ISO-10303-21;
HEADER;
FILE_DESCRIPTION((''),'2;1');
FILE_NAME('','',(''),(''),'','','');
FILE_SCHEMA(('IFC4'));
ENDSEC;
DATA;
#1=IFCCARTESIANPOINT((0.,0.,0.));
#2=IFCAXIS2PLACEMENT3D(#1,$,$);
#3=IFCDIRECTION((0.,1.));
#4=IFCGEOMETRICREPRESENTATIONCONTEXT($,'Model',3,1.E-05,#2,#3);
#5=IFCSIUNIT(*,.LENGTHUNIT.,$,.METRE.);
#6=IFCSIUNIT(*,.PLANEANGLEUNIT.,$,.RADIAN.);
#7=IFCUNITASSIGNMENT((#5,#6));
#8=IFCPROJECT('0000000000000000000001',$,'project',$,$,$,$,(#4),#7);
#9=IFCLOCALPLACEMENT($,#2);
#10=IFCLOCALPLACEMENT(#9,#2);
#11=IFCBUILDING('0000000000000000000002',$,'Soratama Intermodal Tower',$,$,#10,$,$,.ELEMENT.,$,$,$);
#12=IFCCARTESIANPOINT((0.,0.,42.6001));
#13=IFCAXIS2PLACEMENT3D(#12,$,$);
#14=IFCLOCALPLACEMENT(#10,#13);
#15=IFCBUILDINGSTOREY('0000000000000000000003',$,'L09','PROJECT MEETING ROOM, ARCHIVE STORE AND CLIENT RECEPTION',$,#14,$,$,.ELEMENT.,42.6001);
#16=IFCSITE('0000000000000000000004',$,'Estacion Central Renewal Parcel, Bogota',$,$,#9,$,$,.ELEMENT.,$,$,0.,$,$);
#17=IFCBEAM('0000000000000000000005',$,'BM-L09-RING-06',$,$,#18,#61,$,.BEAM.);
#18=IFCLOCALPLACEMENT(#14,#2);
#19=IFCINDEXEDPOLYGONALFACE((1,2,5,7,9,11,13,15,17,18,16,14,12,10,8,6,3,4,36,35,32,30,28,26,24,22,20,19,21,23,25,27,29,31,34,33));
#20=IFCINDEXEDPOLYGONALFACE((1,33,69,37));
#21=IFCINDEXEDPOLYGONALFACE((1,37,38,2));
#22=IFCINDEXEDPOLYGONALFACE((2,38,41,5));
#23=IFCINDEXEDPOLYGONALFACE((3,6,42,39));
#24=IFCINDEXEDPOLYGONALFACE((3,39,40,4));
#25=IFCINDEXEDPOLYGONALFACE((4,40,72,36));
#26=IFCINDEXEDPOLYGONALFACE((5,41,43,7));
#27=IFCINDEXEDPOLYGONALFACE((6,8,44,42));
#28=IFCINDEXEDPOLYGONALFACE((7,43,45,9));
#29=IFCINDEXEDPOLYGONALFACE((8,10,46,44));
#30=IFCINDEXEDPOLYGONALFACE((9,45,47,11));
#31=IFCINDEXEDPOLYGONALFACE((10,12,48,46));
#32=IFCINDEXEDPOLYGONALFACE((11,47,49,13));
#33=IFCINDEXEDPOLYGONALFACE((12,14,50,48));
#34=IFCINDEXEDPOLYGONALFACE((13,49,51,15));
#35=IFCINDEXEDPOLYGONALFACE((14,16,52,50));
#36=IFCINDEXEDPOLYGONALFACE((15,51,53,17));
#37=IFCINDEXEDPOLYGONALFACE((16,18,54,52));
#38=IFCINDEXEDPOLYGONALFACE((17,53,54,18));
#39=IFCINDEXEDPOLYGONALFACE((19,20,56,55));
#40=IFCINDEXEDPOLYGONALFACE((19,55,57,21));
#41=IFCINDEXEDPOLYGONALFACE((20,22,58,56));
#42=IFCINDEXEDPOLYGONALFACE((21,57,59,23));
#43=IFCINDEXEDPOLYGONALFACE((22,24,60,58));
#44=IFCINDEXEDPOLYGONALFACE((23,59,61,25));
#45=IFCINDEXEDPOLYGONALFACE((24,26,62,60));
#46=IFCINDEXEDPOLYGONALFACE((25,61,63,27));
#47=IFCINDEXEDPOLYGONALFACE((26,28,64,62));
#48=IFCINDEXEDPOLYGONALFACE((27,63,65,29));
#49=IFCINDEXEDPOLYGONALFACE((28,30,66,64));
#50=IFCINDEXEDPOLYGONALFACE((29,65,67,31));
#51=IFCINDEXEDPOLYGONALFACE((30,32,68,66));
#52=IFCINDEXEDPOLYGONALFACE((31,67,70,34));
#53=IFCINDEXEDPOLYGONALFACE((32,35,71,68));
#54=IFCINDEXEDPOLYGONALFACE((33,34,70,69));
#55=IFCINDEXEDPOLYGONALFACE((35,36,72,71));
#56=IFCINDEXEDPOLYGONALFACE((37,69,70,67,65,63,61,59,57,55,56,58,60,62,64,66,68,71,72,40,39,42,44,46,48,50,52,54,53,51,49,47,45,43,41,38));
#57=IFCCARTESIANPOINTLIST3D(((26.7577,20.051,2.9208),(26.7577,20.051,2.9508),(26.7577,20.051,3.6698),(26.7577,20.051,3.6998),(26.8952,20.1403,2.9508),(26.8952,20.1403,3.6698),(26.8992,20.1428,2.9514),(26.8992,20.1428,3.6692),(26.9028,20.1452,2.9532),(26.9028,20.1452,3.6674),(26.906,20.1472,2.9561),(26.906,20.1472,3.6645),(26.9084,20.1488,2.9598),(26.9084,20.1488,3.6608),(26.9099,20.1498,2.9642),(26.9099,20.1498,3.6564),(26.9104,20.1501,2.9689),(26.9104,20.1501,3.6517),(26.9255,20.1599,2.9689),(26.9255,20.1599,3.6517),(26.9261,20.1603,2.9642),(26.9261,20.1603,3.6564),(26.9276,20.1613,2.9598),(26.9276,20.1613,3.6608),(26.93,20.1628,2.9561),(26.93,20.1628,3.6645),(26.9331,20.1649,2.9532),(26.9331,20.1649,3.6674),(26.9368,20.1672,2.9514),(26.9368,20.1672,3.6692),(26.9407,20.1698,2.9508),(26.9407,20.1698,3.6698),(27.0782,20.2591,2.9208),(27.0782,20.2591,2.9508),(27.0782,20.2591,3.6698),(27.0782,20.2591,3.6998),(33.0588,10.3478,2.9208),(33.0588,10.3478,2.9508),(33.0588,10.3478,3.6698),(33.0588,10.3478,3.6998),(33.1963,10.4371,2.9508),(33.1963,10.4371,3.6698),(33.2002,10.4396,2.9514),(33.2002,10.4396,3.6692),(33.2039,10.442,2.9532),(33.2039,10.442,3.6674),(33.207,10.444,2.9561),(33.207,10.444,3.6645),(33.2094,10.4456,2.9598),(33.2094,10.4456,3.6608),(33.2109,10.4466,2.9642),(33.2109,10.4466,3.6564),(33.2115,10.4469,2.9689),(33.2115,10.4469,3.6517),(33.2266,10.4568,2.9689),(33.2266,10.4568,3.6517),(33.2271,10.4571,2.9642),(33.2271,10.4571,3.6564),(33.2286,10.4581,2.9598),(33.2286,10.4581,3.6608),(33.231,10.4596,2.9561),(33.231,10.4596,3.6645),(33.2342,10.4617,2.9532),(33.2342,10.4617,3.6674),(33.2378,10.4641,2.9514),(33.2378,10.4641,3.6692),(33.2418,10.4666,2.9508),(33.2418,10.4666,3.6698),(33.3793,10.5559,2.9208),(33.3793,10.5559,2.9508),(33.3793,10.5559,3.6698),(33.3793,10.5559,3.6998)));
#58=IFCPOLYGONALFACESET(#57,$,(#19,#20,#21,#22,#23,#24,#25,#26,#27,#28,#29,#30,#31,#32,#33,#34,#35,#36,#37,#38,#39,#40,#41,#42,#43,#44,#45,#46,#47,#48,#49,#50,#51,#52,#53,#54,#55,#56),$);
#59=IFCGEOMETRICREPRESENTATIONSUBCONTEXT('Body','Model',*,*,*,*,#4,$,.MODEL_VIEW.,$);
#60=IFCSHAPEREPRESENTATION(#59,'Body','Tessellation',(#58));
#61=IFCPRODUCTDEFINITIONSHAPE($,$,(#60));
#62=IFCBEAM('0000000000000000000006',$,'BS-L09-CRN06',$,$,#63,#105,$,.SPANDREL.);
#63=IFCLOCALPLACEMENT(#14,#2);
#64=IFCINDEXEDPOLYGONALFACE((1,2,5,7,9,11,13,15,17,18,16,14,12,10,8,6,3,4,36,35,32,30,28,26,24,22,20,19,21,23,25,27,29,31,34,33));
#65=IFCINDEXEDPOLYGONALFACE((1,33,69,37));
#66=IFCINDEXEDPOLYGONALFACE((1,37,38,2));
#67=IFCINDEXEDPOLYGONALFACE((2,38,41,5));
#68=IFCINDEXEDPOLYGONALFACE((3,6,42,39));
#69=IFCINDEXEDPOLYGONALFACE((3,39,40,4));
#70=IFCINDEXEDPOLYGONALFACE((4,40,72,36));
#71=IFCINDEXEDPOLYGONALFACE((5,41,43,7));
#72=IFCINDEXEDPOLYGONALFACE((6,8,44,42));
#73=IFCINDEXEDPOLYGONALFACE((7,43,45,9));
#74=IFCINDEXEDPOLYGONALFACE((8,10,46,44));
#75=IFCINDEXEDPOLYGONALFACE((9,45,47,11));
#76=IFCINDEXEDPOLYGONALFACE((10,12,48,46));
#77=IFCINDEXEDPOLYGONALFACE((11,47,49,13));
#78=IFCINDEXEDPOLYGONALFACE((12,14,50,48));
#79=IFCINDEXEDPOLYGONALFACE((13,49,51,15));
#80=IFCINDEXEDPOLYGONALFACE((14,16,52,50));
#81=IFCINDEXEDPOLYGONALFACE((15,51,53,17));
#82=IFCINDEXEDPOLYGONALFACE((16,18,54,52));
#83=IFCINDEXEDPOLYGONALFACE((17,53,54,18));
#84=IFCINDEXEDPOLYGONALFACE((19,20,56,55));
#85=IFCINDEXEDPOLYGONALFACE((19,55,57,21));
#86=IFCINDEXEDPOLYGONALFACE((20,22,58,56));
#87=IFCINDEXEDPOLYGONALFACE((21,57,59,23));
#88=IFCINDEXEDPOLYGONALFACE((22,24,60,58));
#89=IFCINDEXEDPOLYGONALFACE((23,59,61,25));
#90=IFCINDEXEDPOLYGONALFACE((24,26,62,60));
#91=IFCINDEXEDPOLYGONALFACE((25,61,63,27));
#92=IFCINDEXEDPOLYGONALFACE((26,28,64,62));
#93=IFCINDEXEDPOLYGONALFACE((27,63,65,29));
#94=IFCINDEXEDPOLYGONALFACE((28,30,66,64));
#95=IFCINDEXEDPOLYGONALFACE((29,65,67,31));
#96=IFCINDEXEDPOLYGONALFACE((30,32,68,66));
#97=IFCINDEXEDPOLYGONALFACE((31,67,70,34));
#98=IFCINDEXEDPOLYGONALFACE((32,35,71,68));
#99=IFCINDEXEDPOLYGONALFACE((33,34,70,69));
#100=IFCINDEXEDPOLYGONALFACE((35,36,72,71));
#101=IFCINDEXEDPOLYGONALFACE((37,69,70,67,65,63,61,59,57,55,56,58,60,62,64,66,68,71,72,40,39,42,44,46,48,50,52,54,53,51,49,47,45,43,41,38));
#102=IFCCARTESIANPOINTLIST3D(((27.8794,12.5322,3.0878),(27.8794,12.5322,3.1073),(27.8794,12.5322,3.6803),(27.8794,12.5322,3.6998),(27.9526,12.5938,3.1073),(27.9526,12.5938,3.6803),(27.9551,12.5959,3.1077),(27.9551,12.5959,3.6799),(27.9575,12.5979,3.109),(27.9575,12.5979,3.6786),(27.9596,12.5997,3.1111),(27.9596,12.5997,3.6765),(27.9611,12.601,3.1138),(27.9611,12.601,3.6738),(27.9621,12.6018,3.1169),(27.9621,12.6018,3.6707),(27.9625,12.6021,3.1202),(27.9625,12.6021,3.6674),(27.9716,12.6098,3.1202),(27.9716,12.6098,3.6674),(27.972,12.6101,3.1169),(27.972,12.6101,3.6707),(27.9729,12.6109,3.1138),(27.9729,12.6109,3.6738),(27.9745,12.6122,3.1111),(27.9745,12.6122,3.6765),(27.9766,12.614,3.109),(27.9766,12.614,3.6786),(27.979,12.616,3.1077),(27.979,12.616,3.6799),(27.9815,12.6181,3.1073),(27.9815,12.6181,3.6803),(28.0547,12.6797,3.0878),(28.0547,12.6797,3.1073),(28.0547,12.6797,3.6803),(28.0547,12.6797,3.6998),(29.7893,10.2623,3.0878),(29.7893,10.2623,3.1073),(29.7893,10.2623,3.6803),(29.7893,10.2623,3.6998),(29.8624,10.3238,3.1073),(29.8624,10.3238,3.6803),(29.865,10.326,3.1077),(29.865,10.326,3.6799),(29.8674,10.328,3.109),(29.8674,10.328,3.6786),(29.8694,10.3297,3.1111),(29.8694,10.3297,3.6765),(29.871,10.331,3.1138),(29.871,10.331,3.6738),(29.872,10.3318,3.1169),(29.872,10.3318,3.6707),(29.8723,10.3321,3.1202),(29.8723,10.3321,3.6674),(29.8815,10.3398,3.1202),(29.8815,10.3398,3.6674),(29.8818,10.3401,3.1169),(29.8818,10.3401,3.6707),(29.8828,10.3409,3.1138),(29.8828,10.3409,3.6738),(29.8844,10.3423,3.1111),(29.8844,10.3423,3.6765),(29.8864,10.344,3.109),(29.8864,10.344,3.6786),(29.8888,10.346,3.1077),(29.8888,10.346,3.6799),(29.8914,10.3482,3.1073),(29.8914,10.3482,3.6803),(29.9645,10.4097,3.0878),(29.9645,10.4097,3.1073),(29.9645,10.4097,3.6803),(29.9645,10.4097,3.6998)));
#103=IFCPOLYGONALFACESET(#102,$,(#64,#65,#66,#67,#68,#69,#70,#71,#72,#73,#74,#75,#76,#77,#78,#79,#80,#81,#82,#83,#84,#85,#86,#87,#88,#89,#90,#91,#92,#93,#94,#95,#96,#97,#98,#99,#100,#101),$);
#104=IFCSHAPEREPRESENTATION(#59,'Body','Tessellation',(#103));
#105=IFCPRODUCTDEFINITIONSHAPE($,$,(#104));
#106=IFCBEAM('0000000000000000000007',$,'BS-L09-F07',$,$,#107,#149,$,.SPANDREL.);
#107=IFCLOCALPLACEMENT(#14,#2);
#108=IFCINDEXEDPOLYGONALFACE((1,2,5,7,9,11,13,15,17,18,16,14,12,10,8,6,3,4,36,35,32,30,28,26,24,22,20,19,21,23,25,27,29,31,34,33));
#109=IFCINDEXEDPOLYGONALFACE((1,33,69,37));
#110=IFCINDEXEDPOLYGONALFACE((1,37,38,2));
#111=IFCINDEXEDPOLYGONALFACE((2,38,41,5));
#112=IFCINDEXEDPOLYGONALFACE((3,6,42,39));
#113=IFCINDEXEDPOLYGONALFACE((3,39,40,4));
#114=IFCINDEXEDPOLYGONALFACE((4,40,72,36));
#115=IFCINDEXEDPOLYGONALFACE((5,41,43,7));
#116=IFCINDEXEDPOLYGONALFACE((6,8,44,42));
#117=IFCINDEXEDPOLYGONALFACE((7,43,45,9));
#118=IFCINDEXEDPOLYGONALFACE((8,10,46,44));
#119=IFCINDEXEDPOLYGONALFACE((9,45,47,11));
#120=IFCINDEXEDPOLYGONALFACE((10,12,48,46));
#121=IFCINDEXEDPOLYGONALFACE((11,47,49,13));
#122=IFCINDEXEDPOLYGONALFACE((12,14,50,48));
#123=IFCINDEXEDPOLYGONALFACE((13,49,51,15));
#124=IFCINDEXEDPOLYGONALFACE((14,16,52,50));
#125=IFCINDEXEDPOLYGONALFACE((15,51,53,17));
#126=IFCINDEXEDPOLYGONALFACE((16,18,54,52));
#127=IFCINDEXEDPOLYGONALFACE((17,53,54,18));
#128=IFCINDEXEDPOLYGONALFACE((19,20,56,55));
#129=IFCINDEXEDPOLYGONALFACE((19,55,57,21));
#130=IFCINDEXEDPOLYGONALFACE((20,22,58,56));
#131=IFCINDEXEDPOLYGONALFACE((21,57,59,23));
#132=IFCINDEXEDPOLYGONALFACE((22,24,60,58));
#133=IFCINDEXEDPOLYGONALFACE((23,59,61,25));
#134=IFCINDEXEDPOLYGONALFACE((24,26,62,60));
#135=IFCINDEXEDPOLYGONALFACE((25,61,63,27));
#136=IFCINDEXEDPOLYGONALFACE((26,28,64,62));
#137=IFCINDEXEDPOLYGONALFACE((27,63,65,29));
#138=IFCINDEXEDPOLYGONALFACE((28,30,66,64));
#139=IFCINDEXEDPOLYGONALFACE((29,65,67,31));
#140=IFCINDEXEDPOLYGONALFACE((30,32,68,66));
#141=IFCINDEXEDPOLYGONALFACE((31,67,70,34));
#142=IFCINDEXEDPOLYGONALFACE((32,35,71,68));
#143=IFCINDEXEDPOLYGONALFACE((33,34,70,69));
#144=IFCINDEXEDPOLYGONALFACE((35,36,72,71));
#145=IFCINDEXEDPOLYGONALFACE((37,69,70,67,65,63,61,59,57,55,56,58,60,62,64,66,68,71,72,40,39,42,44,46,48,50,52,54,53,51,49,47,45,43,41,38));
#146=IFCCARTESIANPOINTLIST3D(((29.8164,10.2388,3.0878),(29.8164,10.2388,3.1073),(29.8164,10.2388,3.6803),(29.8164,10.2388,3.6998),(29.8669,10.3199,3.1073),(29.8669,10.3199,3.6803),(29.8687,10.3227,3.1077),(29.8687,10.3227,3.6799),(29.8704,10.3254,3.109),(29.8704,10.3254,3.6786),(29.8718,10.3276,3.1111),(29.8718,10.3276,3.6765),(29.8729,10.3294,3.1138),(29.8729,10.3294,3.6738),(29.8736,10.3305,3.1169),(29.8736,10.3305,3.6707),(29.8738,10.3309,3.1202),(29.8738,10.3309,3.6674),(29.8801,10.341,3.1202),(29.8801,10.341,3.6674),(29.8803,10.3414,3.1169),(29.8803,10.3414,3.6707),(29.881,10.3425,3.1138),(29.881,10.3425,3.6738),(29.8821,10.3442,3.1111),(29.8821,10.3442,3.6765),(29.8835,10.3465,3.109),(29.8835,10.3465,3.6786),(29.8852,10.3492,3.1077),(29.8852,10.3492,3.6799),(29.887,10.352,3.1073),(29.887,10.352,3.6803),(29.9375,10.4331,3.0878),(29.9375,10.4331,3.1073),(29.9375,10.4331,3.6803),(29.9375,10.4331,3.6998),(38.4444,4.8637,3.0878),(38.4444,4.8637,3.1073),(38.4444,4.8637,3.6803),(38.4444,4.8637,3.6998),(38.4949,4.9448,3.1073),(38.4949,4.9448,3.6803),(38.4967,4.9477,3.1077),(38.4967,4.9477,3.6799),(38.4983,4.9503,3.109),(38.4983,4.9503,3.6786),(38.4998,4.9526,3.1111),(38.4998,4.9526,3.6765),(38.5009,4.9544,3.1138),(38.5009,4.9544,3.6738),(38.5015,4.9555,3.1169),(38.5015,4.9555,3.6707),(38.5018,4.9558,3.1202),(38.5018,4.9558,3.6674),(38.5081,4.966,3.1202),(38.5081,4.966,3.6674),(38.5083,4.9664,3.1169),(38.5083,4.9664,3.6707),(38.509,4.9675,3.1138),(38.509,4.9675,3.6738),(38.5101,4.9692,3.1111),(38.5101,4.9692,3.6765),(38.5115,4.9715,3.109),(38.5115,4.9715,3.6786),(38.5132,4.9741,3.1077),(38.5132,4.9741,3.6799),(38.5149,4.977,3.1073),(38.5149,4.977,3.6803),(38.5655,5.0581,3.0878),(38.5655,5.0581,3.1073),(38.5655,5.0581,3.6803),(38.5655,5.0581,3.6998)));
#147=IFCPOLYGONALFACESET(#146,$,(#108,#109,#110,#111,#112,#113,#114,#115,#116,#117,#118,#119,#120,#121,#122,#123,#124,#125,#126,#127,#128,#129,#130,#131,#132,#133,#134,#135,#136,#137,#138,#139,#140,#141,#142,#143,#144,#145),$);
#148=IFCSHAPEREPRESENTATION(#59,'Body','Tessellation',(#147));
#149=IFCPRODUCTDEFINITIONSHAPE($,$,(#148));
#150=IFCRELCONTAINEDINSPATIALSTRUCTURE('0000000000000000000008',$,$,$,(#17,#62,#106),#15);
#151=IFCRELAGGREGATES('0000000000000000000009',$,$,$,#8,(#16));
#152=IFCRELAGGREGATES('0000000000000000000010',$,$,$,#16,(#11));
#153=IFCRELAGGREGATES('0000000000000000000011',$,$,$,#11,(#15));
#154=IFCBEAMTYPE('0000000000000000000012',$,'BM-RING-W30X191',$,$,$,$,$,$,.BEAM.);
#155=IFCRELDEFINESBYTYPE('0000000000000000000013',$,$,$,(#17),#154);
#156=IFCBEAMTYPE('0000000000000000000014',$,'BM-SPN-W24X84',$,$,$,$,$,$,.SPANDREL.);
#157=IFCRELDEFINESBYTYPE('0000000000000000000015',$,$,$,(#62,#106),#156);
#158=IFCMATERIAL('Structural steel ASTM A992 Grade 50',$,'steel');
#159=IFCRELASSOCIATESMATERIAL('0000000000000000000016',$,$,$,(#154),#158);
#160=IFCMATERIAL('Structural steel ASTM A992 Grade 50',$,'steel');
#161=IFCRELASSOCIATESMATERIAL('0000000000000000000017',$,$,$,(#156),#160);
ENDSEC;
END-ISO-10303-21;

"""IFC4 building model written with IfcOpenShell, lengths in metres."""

from ifc_helpers import new_model, si_unit, direction, frame, origin, origin_2d, place, context, subcontext, project, spatial, i_section, extrude, material, material_profile, profile_set, type_object, element, save


model = new_model("IFC4")

# Units and contexts
model_context = context("Model", 3, precision=1e-05, world=origin(), true_north=direction((0.0, 1.0)))
body_context = subcontext(model_context, "Body", "Model", "MODEL_VIEW")
ifc_project = project(units=[si_unit("LENGTHUNIT", "METRE"), si_unit("PLANEANGLEUNIT", "RADIAN")], contexts=[model_context])

# Site, building, storey
site_placement = place(None, origin())
site = spatial("IfcSite", under=ifc_project, at=site_placement, Name="Estacion Central Renewal Parcel, Bogota", CompositionType="ELEMENT", RefElevation=0.0)
building_placement = place(site_placement, origin())
building = spatial("IfcBuilding", under=site, at=building_placement, Name="Soratama Intermodal Tower", CompositionType="ELEMENT")
storey_placement = place(building_placement, frame((0.0, 0.0, 42.6001)))
storey = spatial("IfcBuildingStorey", under=building, at=storey_placement, Name="L09", Description="PROJECT MEETING ROOM, ARCHIVE STORE AND CLIENT RECEPTION", CompositionType="ELEMENT", Elevation=42.6001)

# Beams
ifc_material_1 = material(Name="Structural steel ASTM A992 Grade 50", Category="steel")
ifc_material_profile_1 = material_profile(ifc_material_1, i_section(OverallWidth=0.3821, OverallDepth=0.7791, WebThickness=0.0181, FlangeThickness=0.03, FilletRadius=0.0181, at=origin_2d()), Name="W30X191")
ifc_profile_set_1 = profile_set([ifc_material_profile_1], Name="Structural steel ASTM A992 Grade 50")
beam_type_1 = type_object("IfcBeamType", Name="BM-RING-W30X191", PredefinedType="BEAM", material=ifc_profile_set_1)
beam_1_placement = place(storey_placement, frame((26.918, 20.155, 3.3103), z_axis=(0.544623, -0.838681, 0.0), x_axis=(0.838681, 0.544623, 0.0)))
element("IfcBeam", 1, at=beam_1_placement, inside=storey, type_object=beam_type_1, Name="BM-L09-RING-06", PredefinedType="BEAM", context=body_context, shape_type="SweptSolid", body=[
    extrude(i_section(OverallWidth=0.3821, OverallDepth=0.7791, WebThickness=0.0181, FlangeThickness=0.03, FilletRadius=0.0181, at=origin_2d()), origin(), (0.0, 0.0, 1.0), 11.5696),
])
ifc_material_2 = material(Name="Structural steel ASTM A992 Grade 50", Category="steel")
ifc_material_profile_2 = material_profile(ifc_material_2, i_section(OverallWidth=0.229, OverallDepth=0.6121, WebThickness=0.012, FlangeThickness=0.0195, FilletRadius=0.0129, at=origin_2d()), Name="W24X84")
ifc_profile_set_2 = profile_set([ifc_material_profile_2], Name="Structural steel ASTM A992 Grade 50")
beam_type_2 = type_object("IfcBeamType", Name="BM-SPN-W24X84", PredefinedType="SPANDREL", material=ifc_profile_set_2)
beam_2_placement = place(storey_placement, frame((27.967, 12.606, 3.3938), z_axis=(0.643804, -0.765191, 0.0), x_axis=(0.765191, 0.643804, 0.0)))
element("IfcBeam", 2, at=beam_2_placement, inside=storey, type_object=beam_type_2, Name="BS-L09-CRN06", PredefinedType="SPANDREL", context=body_context, shape_type="SweptSolid", body=[
    extrude(i_section(OverallWidth=0.229, OverallDepth=0.6121, WebThickness=0.012, FlangeThickness=0.0195, FilletRadius=0.0129, at=origin_2d()), origin(), (0.0, 0.0, 1.0), 2.9666),
])
beam_3_placement = place(storey_placement, frame((29.877, 10.3359, 3.3938), z_axis=(0.848769, -0.528764, 0.0), x_axis=(0.528764, 0.848769, 0.0)))
element("IfcBeam", 3, at=beam_3_placement, inside=storey, type_object=beam_type_2, Name="BS-L09-F07", PredefinedType="SPANDREL", context=body_context, shape_type="SweptSolid", body=[
    extrude(i_section(OverallWidth=0.229, OverallDepth=0.6121, WebThickness=0.012, FlangeThickness=0.0195, FilletRadius=0.0129, at=origin_2d()), origin(), (0.0, 0.0, 1.0), 10.1653),
])

save(model, "model.ifc")
